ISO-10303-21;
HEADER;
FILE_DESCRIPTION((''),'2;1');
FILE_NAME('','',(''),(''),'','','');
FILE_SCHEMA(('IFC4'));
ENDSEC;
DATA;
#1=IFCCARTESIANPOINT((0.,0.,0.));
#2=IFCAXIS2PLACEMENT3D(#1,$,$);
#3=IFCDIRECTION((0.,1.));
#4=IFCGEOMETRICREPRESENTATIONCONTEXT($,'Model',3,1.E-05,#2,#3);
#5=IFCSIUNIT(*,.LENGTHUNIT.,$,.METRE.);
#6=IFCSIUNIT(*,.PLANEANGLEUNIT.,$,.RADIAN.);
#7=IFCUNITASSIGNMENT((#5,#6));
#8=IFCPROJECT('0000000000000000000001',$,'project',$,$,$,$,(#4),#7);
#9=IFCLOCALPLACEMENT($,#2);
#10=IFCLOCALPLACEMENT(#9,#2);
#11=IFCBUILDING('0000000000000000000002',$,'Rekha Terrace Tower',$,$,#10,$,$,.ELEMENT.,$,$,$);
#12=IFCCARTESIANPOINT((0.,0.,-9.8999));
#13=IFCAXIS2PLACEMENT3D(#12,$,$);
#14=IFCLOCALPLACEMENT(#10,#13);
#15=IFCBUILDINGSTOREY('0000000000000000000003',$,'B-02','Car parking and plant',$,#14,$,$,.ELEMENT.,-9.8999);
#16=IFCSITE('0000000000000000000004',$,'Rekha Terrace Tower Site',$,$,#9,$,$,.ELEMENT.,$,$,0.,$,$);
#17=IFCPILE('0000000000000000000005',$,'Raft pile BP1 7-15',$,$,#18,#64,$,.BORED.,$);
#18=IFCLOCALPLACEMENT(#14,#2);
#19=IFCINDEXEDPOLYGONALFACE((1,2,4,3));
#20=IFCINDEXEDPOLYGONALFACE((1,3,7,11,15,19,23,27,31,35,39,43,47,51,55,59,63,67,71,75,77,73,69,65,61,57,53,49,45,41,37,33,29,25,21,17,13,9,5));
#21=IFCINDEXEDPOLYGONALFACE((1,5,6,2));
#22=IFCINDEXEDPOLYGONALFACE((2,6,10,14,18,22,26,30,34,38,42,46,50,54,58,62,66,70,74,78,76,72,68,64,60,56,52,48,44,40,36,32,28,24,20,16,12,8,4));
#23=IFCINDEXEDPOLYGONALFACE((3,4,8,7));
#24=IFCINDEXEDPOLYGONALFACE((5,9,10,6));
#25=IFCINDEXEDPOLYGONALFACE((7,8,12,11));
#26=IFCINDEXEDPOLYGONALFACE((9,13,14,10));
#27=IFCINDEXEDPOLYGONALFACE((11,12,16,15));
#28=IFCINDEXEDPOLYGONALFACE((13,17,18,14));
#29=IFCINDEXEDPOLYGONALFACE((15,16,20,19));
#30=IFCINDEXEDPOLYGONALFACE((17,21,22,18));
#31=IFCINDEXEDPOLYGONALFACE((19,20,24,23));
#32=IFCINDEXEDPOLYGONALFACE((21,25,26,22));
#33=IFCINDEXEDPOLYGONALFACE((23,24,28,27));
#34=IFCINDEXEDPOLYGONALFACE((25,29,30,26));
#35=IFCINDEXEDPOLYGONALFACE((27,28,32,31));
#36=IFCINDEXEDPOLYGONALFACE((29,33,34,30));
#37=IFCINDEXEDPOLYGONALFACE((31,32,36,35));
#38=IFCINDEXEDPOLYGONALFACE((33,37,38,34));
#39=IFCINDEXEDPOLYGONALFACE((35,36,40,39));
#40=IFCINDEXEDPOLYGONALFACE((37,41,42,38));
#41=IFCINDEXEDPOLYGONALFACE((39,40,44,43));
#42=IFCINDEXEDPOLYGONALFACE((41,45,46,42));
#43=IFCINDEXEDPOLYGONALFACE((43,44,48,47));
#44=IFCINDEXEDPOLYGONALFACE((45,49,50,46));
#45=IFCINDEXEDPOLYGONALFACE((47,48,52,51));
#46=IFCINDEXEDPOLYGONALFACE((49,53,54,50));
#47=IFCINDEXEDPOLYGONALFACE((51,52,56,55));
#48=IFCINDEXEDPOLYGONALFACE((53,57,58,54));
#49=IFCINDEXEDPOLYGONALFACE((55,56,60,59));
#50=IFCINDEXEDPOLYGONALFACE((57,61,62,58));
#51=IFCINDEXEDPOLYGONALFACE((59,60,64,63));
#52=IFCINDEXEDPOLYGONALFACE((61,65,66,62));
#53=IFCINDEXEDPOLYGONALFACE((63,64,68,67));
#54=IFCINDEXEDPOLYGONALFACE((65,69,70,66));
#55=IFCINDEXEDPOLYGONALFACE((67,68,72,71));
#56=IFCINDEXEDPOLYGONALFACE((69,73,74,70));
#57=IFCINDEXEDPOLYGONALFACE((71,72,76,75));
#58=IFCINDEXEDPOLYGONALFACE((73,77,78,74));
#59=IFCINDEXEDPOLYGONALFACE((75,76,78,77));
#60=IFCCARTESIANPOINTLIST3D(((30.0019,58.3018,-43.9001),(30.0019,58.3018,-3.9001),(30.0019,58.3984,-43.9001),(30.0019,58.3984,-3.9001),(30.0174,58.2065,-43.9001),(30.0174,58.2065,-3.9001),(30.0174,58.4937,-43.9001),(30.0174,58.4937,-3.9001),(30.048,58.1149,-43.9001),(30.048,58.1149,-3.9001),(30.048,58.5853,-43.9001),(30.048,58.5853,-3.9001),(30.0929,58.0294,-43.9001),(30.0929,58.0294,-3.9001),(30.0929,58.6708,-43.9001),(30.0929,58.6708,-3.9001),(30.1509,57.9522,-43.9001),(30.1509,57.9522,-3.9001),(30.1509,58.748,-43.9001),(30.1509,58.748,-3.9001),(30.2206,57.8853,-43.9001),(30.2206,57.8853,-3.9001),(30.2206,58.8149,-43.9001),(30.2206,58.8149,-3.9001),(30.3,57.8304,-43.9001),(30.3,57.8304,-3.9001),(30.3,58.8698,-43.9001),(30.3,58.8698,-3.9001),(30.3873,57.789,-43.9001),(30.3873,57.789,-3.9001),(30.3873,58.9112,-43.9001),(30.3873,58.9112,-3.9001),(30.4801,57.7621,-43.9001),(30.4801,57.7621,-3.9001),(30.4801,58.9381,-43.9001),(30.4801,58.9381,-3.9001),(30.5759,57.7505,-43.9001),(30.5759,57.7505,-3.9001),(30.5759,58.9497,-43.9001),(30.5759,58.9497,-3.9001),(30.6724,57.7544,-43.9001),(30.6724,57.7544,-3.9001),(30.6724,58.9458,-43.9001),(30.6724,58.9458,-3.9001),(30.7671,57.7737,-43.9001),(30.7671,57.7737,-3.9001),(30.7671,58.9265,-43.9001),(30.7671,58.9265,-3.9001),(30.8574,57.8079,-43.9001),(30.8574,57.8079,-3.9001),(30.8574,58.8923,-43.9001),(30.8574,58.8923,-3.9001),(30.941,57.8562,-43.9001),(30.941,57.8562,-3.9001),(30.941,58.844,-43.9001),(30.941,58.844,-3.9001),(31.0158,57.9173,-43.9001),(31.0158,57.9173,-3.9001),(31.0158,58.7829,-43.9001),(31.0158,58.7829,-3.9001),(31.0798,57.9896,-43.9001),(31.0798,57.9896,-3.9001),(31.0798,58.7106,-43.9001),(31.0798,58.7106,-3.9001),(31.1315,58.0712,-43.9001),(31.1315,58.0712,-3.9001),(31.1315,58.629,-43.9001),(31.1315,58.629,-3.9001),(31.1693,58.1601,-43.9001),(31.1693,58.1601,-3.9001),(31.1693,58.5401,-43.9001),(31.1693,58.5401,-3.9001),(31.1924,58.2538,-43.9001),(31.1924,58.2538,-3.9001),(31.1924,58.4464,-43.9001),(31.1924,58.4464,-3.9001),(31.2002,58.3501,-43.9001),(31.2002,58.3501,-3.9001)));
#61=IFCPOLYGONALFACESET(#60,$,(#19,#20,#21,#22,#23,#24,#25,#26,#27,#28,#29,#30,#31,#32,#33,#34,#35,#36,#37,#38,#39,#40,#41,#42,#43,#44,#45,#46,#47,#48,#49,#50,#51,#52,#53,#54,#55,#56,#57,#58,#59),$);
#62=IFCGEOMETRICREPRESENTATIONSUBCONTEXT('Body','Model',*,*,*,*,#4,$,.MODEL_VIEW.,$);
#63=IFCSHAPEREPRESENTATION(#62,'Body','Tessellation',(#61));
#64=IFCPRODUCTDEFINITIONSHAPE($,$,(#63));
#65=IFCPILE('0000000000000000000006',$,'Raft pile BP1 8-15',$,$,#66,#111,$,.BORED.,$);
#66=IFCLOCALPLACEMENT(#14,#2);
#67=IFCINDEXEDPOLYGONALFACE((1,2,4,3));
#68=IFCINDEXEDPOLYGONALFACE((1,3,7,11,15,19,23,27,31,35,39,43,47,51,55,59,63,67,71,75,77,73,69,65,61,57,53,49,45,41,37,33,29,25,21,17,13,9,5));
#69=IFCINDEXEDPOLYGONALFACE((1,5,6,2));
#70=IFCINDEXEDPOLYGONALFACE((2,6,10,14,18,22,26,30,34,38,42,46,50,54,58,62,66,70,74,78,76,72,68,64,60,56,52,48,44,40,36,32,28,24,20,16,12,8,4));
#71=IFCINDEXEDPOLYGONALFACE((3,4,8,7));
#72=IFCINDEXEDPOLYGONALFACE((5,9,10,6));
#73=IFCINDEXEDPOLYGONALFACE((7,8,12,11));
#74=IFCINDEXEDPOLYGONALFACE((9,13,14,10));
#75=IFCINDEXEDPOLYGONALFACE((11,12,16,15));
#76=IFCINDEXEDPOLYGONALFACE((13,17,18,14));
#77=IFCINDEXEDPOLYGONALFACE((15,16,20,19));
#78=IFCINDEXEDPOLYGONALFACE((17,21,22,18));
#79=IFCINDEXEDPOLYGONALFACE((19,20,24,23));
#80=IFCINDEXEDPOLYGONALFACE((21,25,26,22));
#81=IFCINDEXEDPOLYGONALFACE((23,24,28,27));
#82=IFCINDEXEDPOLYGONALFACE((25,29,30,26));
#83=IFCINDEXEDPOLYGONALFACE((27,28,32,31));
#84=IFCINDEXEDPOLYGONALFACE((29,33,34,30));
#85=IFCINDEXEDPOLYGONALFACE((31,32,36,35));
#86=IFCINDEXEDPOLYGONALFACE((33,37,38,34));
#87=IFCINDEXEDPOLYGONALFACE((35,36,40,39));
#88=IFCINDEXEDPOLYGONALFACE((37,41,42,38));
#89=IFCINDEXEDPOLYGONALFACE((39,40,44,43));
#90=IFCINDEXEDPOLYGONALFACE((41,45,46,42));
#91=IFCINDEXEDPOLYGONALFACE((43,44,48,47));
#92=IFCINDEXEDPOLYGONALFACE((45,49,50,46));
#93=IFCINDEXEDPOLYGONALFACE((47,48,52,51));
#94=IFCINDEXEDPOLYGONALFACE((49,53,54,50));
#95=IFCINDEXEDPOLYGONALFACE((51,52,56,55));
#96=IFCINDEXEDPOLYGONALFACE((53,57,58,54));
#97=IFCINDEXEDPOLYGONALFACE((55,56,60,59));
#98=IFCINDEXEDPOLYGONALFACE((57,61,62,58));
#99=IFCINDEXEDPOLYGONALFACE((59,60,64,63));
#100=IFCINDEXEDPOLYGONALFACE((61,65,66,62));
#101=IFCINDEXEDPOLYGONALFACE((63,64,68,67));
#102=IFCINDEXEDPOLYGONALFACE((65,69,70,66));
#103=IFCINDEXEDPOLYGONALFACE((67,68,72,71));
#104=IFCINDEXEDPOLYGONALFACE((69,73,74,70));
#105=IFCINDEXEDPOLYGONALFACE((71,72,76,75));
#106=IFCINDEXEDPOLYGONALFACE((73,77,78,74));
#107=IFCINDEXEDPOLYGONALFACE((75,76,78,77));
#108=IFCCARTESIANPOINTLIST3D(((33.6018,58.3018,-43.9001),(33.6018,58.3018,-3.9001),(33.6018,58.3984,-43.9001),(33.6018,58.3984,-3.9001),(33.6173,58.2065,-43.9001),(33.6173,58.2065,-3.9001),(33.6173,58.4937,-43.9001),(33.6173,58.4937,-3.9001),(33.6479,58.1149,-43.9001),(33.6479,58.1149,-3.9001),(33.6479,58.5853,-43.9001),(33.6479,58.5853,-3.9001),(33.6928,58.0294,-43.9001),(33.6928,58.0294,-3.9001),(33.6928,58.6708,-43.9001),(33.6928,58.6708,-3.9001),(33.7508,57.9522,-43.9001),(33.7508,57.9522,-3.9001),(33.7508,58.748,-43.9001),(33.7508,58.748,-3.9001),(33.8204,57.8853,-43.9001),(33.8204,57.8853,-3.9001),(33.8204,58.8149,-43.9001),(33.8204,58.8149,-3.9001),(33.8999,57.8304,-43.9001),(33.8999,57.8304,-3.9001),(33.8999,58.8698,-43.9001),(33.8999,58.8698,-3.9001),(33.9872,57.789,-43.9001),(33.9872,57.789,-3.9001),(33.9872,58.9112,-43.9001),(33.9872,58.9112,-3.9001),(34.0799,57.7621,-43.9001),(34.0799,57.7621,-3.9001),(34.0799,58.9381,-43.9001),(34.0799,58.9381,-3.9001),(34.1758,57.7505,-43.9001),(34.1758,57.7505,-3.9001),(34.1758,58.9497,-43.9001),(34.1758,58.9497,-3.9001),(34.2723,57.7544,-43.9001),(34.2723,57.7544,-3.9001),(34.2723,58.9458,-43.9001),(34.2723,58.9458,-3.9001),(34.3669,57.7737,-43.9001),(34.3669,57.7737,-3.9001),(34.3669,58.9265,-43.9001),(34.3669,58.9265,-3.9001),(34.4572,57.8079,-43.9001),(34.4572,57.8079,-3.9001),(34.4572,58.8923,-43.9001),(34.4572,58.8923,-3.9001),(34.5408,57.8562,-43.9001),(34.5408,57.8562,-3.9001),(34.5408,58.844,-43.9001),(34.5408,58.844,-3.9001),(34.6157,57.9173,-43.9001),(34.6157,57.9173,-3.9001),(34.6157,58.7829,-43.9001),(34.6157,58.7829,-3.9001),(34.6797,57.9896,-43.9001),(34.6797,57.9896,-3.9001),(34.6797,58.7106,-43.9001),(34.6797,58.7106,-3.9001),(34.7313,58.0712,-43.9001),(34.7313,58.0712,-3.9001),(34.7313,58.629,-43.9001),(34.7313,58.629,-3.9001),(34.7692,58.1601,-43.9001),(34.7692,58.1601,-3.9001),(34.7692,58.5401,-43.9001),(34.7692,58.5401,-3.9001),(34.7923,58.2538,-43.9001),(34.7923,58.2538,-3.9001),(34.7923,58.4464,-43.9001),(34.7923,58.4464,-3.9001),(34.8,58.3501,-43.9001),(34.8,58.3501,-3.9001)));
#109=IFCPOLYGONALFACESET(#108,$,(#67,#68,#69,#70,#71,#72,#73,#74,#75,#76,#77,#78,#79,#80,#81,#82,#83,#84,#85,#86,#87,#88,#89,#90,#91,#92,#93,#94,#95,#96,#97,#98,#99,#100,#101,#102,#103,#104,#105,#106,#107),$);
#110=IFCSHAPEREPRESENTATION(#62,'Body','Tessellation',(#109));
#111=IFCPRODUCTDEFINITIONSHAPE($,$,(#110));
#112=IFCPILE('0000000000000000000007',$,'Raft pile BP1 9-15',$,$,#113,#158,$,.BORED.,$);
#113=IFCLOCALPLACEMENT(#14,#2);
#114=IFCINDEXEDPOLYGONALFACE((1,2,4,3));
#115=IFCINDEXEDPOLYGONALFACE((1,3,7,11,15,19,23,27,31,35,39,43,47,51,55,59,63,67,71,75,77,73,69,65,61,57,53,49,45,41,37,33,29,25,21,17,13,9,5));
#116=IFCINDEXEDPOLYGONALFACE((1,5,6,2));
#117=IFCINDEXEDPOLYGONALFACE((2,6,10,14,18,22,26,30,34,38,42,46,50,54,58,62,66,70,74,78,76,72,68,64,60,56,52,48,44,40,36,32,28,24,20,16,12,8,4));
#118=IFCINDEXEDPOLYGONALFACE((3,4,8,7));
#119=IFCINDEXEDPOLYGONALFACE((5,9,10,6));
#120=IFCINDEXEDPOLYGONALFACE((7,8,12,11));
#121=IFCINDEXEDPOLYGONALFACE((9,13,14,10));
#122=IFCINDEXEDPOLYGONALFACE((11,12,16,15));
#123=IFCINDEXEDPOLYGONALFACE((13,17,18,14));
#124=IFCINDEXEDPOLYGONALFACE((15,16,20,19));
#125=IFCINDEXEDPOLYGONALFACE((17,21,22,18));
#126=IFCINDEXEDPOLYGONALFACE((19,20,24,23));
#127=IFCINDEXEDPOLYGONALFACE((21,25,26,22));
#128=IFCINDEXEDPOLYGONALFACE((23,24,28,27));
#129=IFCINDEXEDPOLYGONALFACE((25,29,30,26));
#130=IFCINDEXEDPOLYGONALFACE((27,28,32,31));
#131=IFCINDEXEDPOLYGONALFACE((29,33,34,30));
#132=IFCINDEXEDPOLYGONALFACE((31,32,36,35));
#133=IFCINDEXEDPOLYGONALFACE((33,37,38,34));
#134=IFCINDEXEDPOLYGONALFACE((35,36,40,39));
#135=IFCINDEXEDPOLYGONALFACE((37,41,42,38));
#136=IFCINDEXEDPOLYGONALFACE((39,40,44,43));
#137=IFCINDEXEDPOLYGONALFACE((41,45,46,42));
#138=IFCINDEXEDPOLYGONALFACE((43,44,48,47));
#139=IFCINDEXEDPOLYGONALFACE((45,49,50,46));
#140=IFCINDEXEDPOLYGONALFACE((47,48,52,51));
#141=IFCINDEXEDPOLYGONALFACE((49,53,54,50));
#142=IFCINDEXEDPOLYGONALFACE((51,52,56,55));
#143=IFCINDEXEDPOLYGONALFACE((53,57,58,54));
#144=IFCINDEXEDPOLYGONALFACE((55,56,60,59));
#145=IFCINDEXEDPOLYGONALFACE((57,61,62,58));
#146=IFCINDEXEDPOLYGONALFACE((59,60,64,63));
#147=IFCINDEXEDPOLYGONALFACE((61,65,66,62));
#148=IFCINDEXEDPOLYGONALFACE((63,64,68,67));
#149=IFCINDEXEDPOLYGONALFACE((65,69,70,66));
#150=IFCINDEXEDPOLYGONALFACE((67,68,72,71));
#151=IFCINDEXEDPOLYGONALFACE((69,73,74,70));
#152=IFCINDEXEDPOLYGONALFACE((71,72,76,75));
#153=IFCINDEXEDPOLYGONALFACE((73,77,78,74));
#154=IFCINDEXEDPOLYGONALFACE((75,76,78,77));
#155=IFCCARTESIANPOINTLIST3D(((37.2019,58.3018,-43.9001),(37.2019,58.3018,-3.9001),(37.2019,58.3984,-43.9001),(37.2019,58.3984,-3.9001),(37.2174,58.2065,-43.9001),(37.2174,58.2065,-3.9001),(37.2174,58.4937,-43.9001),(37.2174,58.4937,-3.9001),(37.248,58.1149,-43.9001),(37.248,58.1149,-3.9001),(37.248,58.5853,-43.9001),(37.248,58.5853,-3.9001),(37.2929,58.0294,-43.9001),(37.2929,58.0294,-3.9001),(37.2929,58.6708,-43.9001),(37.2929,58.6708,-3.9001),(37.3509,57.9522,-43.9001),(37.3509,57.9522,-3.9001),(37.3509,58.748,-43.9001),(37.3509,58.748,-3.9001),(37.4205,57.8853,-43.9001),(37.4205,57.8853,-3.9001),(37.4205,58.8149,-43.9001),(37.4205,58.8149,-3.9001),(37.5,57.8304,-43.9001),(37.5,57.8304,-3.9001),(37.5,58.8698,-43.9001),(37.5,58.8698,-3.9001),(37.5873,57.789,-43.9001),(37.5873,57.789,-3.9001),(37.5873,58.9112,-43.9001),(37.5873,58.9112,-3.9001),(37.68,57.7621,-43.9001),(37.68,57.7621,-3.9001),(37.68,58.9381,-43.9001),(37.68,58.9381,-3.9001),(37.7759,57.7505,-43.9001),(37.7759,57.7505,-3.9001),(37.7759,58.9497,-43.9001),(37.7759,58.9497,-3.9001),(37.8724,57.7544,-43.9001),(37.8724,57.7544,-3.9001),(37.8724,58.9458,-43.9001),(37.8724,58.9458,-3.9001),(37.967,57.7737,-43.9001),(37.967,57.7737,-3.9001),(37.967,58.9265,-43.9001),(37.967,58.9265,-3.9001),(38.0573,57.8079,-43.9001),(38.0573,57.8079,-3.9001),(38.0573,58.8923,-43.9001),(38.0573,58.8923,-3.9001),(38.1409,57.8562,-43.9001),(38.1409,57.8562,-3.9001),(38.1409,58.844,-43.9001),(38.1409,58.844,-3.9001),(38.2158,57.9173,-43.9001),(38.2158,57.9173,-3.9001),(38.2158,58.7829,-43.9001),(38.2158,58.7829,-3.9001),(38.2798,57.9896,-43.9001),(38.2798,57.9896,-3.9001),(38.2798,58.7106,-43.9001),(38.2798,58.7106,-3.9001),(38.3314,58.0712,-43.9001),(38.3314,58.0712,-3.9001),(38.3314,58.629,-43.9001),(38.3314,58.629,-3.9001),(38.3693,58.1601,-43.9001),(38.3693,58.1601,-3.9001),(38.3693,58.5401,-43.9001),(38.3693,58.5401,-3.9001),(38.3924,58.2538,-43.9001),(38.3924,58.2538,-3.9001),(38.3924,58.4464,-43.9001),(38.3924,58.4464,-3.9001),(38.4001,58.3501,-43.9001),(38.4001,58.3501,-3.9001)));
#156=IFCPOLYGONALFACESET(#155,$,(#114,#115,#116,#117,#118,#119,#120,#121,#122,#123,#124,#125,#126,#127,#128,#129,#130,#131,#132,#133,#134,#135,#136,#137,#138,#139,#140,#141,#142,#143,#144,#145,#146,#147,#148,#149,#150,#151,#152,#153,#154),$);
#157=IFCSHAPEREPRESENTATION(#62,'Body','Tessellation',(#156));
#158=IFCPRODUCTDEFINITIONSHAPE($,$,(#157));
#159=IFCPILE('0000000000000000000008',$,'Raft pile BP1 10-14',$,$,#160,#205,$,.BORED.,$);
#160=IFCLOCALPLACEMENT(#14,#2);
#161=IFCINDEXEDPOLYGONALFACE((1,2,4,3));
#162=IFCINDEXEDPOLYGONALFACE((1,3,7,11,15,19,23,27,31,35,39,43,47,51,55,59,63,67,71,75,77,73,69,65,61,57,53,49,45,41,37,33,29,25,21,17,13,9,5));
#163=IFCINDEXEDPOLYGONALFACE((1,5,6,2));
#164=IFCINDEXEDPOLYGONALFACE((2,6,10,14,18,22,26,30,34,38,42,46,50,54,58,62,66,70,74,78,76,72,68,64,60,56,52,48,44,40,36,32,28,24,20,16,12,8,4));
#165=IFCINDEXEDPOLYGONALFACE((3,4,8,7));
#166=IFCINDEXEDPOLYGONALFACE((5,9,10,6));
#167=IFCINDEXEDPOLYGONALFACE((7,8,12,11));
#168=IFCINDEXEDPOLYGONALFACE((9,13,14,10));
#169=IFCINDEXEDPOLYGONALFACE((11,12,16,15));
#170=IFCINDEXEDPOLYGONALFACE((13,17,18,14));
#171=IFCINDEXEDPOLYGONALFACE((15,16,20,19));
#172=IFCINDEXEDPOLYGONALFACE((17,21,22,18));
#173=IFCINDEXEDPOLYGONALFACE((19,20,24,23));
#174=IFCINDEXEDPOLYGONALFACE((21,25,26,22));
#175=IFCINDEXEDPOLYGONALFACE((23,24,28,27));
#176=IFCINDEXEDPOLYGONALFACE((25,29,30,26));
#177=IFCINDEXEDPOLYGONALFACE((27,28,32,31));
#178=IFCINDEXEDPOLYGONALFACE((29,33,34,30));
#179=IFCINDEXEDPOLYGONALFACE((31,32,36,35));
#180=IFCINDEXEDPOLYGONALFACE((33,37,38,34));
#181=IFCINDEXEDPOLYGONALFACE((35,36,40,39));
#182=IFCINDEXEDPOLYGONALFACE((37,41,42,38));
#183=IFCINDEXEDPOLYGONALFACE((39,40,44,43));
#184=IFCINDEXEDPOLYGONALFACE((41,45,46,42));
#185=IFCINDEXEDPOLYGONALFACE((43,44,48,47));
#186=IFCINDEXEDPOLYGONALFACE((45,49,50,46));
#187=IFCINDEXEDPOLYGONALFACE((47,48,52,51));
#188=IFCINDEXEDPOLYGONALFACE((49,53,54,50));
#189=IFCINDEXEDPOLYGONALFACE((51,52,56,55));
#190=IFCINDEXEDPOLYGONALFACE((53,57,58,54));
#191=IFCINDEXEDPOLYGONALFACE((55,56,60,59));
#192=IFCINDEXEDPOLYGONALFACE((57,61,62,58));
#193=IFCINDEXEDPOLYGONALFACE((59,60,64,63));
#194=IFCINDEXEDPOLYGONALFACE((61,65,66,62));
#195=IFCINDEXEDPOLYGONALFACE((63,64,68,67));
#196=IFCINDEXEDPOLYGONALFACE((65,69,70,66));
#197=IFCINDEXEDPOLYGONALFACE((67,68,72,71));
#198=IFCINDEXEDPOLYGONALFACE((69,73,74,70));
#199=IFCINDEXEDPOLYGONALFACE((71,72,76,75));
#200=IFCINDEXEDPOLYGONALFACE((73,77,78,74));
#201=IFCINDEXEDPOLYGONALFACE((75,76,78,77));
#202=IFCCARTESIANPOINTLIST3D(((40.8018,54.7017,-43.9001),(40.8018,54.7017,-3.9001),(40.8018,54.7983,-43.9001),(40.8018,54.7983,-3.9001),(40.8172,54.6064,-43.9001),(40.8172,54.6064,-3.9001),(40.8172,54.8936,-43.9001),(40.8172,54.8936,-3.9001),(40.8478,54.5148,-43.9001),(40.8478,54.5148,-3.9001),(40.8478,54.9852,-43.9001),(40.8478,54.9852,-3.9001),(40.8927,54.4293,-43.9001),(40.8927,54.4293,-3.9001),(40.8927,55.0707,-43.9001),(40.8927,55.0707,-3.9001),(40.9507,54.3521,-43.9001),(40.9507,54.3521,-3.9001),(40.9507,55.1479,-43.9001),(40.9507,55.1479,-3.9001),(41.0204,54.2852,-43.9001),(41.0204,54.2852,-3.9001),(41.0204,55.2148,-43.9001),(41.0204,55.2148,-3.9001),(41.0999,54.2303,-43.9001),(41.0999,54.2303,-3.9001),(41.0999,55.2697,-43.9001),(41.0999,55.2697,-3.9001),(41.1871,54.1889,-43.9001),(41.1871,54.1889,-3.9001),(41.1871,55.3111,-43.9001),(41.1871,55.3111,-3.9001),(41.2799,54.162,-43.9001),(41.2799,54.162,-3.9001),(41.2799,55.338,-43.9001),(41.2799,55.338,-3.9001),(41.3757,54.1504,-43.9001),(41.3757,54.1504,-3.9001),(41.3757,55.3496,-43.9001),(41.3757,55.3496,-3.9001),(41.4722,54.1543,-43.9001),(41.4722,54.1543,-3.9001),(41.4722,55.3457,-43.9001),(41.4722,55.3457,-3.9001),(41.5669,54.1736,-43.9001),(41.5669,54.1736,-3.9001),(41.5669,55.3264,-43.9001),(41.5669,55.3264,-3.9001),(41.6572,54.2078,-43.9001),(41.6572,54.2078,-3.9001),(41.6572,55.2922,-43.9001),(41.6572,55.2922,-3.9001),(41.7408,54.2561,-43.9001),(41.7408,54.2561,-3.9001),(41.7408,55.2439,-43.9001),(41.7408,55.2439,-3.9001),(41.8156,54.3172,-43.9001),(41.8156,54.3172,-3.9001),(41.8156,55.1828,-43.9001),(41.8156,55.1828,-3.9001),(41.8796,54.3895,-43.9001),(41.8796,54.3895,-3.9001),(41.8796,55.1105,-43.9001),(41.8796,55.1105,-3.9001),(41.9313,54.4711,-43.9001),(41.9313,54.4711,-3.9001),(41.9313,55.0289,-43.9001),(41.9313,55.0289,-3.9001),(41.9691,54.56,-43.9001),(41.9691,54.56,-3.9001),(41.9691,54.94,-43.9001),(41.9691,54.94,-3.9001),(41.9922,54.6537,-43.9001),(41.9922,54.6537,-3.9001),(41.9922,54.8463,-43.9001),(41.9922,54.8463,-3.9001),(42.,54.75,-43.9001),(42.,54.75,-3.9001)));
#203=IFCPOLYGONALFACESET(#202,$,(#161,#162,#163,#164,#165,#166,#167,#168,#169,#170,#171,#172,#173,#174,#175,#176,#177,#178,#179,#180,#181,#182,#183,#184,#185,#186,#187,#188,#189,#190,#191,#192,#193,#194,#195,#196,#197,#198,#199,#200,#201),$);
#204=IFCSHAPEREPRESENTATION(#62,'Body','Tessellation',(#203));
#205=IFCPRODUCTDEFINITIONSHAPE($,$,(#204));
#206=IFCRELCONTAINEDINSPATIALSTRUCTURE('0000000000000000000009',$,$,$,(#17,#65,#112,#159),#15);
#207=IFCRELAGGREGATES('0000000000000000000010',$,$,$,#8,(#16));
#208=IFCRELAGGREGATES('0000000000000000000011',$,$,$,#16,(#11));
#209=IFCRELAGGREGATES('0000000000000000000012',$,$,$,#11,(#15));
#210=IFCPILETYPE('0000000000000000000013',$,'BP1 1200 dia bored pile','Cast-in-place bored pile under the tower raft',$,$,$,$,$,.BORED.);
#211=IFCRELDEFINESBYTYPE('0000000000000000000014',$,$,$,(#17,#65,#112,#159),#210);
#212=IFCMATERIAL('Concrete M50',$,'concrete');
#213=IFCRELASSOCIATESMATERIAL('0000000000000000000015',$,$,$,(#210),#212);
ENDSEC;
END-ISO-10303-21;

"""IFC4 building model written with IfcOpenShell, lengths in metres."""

from ifc_helpers import new_model, si_unit, direction, frame, origin, origin_2d, place, context, subcontext, project, spatial, circle, extrude, material, type_object, element, save


model = new_model("IFC4")

# Units and contexts
model_context = context("Model", 3, precision=1e-05, world=origin(), true_north=direction((0.0, 1.0)))
body_context = subcontext(model_context, "Body", "Model", "MODEL_VIEW")
ifc_project = project(units=[si_unit("LENGTHUNIT", "METRE"), si_unit("PLANEANGLEUNIT", "RADIAN")], contexts=[model_context])

# Site, building, storey
site_placement = place(None, origin())
site = spatial("IfcSite", under=ifc_project, at=site_placement, Name="Rekha Terrace Tower Site", CompositionType="ELEMENT", RefElevation=0.0)
building_placement = place(site_placement, origin())
building = spatial("IfcBuilding", under=site, at=building_placement, Name="Rekha Terrace Tower", CompositionType="ELEMENT")
storey_placement = place(building_placement, frame((0.0, 0.0, -9.8999)))
storey = spatial("IfcBuildingStorey", under=building, at=storey_placement, Name="B-02", Description="Car parking and plant", CompositionType="ELEMENT", Elevation=-9.8999)

# Piles
ifc_material_1 = material(Name="Concrete M50", Category="concrete")
pile_type_1 = type_object("IfcPileType", Name="BP1 1200 dia bored pile", Description="Cast-in-place bored pile under the tower raft", PredefinedType="BORED", material=ifc_material_1)
for number, where, z_axis, x_axis, name in (
    (1, (30.6001, 58.3501, -3.9001), (0.0, 0.0, -1.0), (1.0, 0.0, 0.0), "Raft pile BP1 7-15"),
    (2, (34.2, 58.3501, -3.9001), (0.0, 0.0, -1.0), (1.0, 0.0, 0.0), "Raft pile BP1 8-15"),
    (3, (37.8, 58.3501, -3.9001), (0.0, 0.0, -1.0), (1.0, 0.0, 0.0), "Raft pile BP1 9-15"),
    (4, (41.3999, 54.75, -3.9001), (0.0, 0.0, -1.0), (1.0, 0.0, 0.0), "Raft pile BP1 10-14"),
):
    element("IfcPile", number, at=place(storey_placement, frame(where, z_axis=z_axis, x_axis=x_axis)), inside=storey, type_object=pile_type_1, Name=name, PredefinedType="BORED", context=body_context, shape_type="SweptSolid", body=[
        extrude(circle(Radius=0.6001, at=origin_2d()), origin(), (0.0, 0.0, 1.0), 40.0),
    ])

save(model, "model.ifc")
